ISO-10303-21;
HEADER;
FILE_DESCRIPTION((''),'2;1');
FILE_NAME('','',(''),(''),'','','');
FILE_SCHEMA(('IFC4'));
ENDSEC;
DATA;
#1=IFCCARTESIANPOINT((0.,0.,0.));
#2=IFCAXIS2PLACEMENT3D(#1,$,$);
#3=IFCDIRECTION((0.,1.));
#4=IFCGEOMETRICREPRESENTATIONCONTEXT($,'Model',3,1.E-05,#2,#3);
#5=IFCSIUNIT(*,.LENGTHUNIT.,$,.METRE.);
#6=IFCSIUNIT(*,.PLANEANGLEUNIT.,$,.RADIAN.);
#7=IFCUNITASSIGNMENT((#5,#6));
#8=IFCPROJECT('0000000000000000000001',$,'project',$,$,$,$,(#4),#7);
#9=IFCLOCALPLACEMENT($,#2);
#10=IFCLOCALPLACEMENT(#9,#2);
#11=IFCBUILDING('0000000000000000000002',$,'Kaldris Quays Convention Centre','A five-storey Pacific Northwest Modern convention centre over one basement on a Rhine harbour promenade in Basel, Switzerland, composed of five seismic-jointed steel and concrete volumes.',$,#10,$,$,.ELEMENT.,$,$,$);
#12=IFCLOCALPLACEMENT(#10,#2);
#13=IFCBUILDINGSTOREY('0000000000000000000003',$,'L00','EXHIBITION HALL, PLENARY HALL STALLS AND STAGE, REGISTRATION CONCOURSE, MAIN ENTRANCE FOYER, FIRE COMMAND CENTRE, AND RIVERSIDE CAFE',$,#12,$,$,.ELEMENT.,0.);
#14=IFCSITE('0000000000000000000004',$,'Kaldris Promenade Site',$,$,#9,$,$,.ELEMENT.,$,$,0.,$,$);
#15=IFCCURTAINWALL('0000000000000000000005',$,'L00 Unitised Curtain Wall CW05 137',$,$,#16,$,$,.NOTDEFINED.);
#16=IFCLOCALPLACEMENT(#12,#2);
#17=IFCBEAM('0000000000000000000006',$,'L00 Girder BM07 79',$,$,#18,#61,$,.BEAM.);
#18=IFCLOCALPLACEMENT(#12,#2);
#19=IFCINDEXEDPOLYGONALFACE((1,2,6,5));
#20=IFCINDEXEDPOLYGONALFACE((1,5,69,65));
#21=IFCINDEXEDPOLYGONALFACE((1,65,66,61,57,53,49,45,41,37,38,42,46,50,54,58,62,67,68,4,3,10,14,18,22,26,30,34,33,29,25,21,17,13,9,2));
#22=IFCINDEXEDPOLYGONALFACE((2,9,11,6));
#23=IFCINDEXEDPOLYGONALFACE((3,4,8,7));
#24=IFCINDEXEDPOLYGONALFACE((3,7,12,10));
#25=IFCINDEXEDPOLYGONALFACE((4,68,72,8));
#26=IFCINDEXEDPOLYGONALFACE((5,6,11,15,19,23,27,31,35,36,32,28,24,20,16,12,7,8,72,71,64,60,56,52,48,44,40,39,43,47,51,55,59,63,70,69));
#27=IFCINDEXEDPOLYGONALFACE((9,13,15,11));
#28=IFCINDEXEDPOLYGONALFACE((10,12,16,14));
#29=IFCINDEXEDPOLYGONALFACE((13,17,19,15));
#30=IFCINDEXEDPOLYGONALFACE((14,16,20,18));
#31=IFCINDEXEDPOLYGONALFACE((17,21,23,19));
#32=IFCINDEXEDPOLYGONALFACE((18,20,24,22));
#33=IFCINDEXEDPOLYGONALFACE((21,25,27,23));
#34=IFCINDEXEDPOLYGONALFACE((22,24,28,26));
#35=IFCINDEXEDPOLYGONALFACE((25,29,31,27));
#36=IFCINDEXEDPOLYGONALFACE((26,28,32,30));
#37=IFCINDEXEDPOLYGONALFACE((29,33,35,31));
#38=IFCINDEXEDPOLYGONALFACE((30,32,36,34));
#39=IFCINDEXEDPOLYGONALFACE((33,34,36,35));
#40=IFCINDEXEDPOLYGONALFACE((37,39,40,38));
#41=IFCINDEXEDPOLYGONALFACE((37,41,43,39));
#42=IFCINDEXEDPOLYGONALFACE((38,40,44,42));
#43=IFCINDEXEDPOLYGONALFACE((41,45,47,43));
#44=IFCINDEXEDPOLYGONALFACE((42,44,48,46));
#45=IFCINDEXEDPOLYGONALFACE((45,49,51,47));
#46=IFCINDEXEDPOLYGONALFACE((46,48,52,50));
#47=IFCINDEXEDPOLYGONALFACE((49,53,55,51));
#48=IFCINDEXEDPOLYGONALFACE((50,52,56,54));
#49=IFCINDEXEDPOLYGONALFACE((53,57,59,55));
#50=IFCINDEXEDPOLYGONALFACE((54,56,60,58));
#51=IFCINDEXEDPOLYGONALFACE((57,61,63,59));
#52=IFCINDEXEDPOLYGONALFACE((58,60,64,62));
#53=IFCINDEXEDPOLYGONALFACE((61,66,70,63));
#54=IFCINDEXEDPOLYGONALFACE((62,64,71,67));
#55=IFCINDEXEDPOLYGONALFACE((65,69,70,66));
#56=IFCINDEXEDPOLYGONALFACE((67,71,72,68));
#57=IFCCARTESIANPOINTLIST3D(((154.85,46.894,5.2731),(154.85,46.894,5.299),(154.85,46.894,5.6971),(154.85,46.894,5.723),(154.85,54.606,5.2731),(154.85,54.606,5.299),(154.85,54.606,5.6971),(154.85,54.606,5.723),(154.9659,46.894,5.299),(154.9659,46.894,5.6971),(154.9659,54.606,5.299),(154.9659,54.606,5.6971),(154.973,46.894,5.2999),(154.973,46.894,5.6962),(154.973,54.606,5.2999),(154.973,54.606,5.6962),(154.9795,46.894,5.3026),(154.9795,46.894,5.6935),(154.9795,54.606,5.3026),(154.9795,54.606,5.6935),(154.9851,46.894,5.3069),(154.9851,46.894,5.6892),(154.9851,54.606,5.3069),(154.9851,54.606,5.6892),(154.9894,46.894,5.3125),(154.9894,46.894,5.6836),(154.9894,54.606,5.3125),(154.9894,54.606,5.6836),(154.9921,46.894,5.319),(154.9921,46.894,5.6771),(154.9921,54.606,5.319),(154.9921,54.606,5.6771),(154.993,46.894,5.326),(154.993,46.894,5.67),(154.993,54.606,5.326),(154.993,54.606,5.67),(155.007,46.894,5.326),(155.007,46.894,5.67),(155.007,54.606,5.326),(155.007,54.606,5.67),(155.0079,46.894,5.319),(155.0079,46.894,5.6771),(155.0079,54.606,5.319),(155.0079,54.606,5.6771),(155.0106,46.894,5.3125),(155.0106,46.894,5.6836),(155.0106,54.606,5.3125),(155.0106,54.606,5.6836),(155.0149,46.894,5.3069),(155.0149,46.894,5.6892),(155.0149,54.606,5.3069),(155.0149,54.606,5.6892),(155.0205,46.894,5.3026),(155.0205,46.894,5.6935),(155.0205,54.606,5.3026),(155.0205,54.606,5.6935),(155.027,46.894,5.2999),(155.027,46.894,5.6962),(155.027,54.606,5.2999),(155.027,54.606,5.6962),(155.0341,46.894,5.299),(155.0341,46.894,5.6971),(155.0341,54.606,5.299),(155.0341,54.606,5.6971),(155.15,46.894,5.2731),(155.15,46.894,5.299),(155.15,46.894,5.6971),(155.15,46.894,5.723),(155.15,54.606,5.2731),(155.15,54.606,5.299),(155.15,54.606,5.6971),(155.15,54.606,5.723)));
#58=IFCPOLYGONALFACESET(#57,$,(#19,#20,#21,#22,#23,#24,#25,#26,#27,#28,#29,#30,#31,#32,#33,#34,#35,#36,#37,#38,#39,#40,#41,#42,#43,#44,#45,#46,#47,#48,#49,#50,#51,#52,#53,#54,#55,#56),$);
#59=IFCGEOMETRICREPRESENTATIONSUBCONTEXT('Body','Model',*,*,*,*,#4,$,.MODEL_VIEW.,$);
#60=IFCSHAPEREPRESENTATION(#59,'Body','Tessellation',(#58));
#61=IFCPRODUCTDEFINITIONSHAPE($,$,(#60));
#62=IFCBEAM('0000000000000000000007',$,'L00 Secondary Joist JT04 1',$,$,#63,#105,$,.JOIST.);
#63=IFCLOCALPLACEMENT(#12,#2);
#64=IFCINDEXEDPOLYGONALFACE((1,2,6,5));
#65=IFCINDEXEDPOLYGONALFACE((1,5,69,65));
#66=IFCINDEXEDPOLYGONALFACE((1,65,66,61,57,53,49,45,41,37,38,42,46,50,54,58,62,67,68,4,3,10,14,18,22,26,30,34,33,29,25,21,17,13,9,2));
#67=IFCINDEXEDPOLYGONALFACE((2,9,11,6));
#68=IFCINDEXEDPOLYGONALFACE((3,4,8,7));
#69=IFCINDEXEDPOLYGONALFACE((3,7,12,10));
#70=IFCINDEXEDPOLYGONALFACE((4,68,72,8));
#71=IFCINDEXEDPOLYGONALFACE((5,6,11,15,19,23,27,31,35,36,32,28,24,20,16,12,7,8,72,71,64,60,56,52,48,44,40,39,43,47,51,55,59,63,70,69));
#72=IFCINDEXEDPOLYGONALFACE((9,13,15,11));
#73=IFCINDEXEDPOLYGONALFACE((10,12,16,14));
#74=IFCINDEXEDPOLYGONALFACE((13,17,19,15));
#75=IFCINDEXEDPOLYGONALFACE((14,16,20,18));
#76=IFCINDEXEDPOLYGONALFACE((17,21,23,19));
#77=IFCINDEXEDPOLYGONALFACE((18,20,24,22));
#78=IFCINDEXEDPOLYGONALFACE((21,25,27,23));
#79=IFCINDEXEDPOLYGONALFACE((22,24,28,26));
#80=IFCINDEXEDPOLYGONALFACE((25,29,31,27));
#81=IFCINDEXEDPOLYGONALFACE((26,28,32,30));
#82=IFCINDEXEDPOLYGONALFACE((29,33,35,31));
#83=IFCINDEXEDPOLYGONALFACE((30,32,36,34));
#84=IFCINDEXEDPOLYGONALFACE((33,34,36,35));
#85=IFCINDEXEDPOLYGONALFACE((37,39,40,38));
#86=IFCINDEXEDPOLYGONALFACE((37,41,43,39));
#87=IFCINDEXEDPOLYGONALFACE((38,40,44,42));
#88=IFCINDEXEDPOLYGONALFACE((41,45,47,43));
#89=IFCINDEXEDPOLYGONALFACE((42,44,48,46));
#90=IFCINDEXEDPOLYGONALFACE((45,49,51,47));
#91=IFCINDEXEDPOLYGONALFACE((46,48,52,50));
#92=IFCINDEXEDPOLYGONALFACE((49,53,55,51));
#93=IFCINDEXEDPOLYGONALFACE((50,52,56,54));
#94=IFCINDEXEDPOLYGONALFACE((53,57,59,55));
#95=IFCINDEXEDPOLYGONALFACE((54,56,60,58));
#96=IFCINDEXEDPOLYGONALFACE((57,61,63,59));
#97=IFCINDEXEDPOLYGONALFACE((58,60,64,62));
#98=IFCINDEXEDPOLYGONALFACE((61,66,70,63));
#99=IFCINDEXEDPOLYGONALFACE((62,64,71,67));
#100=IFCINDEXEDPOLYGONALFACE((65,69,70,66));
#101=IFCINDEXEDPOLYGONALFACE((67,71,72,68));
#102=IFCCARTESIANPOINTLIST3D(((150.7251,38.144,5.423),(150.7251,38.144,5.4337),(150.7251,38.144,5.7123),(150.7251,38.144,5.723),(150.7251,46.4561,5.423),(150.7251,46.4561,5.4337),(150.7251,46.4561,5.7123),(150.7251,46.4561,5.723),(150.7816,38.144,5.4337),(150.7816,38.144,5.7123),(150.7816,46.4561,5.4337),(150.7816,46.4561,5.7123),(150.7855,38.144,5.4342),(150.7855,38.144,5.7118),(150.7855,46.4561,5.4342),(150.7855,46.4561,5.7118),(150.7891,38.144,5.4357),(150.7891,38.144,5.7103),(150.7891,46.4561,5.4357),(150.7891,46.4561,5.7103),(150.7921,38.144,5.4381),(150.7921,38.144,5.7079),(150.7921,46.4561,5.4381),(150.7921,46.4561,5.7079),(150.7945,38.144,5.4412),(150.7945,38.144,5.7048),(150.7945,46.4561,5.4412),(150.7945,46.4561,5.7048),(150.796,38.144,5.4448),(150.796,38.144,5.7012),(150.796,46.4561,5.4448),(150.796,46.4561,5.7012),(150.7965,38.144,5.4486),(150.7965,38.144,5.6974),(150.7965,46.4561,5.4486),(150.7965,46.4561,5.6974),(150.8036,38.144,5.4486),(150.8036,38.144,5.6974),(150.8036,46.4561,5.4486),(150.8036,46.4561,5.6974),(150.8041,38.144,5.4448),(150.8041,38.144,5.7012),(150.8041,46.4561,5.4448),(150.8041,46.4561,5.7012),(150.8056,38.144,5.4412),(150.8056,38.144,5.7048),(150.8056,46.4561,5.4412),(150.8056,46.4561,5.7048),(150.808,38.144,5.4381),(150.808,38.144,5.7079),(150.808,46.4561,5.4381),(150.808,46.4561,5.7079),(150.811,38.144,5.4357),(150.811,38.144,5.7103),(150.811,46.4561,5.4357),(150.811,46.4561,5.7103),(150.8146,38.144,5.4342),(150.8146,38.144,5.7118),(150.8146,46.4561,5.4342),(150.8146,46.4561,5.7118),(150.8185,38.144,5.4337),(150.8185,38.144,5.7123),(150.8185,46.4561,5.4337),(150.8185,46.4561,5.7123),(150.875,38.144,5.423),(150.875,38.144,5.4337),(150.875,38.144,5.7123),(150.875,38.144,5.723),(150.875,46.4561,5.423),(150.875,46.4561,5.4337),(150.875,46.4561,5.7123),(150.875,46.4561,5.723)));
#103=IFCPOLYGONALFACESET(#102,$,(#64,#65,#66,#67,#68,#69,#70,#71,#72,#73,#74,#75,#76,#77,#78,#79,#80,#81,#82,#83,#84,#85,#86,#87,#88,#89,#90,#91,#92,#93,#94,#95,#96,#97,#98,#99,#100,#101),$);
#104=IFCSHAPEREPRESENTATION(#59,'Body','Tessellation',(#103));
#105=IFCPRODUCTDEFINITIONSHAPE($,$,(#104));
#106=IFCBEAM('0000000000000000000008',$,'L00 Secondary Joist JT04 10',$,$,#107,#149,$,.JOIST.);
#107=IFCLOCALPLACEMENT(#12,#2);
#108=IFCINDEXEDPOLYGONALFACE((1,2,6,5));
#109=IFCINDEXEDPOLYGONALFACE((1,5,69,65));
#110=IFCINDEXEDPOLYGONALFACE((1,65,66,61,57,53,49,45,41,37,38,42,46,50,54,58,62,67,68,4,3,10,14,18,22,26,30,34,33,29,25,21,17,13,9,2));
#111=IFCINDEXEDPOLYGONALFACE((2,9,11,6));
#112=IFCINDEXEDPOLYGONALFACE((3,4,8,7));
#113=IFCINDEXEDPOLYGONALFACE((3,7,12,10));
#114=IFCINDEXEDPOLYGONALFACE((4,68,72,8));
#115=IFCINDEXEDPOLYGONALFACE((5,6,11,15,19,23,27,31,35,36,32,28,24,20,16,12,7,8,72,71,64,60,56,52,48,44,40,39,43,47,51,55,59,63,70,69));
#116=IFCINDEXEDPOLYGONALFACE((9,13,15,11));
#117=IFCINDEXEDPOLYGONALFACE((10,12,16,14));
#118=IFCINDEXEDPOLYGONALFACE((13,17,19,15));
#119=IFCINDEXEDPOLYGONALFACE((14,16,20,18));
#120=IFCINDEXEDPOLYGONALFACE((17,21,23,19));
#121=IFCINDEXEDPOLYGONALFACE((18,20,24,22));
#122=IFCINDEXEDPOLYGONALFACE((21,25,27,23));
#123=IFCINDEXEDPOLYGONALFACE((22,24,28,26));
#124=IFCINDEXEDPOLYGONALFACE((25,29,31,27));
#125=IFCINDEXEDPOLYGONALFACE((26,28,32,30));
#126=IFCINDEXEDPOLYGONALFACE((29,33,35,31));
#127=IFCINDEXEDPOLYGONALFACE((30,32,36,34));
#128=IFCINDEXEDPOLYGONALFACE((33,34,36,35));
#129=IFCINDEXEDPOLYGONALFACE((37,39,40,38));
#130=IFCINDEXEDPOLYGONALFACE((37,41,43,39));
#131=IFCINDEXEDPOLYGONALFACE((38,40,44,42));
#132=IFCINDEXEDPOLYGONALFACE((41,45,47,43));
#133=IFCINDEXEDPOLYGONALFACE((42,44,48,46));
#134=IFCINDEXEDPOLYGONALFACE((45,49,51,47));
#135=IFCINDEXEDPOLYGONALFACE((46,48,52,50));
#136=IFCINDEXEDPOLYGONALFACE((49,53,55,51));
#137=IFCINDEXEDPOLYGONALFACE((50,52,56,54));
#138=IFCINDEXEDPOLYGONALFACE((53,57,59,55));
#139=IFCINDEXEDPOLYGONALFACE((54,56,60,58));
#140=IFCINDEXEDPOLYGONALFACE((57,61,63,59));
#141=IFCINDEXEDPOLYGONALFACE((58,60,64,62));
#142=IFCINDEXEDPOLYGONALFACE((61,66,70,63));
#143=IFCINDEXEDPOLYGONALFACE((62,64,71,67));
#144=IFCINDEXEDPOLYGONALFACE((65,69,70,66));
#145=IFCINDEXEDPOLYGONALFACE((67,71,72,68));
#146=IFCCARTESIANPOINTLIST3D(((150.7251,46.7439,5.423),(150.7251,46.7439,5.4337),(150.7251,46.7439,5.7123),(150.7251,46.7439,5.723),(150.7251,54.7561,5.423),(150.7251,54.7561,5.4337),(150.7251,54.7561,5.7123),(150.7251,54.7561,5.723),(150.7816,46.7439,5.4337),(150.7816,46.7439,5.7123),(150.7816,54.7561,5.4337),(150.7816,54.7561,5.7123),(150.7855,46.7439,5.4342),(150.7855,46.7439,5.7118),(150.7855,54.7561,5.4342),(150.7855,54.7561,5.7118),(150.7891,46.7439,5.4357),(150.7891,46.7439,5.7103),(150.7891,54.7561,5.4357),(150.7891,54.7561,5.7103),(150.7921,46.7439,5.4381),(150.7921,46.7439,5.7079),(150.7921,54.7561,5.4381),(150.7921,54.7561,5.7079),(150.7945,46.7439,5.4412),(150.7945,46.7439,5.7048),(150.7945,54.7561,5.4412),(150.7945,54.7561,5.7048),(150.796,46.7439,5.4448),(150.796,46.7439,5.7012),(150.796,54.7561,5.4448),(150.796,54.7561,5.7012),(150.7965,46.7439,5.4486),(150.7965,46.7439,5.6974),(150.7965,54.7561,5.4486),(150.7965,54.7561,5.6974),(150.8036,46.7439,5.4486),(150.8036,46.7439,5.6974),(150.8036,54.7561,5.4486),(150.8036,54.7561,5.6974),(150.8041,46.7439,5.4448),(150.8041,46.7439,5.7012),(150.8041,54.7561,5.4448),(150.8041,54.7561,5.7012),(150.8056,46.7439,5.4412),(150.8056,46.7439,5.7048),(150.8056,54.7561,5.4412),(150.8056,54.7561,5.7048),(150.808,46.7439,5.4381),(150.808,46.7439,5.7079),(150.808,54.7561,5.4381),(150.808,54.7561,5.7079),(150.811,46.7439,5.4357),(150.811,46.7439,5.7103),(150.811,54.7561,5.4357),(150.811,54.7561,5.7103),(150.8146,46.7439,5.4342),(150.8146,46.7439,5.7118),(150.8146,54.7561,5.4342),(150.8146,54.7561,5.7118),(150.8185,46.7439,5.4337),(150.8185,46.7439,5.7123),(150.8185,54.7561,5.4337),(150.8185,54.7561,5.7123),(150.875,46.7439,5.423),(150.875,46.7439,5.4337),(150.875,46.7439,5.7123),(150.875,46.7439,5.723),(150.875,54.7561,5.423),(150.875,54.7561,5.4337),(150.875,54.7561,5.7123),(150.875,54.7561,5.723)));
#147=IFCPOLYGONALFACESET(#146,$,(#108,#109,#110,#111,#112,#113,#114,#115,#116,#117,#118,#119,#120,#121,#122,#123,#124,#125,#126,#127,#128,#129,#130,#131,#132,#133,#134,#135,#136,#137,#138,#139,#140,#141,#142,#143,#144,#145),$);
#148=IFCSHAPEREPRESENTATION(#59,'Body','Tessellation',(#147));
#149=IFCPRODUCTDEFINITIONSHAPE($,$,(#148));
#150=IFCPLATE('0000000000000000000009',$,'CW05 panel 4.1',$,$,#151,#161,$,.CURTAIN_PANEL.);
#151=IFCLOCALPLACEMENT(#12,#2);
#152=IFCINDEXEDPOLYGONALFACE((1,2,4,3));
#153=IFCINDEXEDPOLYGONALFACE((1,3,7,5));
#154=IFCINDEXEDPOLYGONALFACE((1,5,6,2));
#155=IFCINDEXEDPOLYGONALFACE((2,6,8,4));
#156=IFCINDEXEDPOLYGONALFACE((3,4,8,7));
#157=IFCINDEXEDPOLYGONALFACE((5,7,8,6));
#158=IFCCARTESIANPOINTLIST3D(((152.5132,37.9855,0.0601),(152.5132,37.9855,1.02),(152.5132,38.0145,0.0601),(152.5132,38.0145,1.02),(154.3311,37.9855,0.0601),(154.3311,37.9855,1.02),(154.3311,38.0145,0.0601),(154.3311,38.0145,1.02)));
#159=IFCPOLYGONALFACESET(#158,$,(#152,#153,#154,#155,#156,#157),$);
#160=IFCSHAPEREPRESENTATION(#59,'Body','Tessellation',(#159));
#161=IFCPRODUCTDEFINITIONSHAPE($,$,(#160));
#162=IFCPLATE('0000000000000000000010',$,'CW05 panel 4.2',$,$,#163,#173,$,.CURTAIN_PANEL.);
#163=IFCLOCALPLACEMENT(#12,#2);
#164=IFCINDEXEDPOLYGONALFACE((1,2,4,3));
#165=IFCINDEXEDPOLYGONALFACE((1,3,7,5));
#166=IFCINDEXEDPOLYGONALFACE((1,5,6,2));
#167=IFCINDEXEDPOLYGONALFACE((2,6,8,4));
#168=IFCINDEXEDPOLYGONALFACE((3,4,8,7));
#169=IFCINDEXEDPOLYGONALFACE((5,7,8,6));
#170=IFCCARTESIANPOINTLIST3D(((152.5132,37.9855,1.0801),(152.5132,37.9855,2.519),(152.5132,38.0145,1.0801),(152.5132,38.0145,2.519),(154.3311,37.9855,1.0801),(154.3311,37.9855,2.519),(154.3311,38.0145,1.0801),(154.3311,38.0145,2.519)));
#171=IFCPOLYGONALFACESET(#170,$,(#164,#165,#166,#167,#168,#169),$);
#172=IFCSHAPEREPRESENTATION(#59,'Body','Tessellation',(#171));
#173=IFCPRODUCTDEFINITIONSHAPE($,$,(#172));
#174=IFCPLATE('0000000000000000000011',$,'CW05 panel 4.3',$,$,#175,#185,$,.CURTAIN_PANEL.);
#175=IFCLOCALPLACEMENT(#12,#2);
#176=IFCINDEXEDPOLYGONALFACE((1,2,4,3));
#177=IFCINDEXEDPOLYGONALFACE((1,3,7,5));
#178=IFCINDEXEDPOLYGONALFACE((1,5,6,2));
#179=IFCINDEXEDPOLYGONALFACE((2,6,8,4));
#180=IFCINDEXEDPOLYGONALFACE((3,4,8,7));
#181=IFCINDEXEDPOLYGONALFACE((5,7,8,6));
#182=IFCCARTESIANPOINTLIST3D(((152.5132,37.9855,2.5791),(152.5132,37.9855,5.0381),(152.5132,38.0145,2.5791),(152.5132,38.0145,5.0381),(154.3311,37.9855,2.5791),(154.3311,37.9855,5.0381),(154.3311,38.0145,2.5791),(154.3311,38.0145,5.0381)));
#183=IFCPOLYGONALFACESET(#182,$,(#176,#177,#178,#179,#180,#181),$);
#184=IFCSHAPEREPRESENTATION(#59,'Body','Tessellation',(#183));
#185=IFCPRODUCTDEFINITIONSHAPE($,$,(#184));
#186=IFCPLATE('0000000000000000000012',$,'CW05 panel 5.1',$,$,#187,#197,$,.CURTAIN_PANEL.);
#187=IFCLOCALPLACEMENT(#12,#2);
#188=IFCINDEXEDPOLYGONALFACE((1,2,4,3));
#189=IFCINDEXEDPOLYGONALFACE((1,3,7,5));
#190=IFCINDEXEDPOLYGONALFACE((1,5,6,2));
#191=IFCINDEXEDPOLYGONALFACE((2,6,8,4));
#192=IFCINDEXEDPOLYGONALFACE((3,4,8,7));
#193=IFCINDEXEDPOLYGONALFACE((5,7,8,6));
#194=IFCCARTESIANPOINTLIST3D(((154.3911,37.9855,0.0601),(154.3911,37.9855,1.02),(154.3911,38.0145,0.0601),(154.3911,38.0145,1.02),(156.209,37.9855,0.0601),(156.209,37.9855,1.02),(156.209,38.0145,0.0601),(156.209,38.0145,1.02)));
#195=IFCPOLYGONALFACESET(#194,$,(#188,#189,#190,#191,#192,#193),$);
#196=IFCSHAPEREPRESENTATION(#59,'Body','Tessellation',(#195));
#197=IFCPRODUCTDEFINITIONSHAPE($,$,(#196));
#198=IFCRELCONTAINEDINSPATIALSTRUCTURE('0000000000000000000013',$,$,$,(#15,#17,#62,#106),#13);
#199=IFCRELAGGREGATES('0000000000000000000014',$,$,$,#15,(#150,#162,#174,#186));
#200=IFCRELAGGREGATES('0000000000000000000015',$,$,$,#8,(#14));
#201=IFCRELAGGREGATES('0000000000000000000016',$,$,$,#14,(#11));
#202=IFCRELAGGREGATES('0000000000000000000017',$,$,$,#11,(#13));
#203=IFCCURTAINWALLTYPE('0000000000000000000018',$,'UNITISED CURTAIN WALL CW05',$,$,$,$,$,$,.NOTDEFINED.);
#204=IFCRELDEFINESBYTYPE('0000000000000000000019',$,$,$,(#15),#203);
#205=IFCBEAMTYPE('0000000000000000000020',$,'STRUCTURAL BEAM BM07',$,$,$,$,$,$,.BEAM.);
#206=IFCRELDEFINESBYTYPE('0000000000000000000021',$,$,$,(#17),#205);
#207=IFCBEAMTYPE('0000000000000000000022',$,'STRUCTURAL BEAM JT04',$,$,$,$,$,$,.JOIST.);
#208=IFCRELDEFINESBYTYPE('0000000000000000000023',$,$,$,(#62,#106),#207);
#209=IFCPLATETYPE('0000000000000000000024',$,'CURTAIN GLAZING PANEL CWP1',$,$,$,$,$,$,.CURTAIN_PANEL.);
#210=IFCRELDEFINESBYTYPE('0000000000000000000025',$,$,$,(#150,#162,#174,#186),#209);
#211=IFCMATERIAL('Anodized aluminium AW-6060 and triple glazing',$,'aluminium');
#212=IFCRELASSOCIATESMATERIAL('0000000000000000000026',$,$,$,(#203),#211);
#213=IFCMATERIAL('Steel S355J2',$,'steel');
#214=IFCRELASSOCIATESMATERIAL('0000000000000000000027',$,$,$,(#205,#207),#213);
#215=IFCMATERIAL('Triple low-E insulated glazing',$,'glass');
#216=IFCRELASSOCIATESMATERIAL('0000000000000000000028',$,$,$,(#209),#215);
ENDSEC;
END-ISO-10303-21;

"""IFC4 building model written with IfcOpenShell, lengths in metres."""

from ifc_helpers import new_model, si_unit, direction, frame, origin, origin_2d, place, context, subcontext, project, spatial, rectangle, i_section, extrude, material, material_profile, profile_set, type_object, element, aggregate, save


model = new_model("IFC4")

# Units and contexts
model_context = context("Model", 3, precision=1e-05, world=origin(), true_north=direction((0.0, 1.0)))
body_context = subcontext(model_context, "Body", "Model", "MODEL_VIEW")
ifc_project = project(units=[si_unit("LENGTHUNIT", "METRE"), si_unit("PLANEANGLEUNIT", "RADIAN")], contexts=[model_context])

# Site, building, storey
site_placement = place(None, origin())
site = spatial("IfcSite", under=ifc_project, at=site_placement, Name="Kaldris Promenade Site", CompositionType="ELEMENT", RefElevation=0.0)
building_placement = place(site_placement, origin())
building = spatial("IfcBuilding", under=site, at=building_placement, Name="Kaldris Quays Convention Centre", Description="A five-storey Pacific Northwest Modern convention centre over one basement on a Rhine harbour promenade in Basel, Switzerland, composed of five seismic-jointed steel and concrete volumes.", CompositionType="ELEMENT")
storey_placement = place(building_placement, origin())
storey = spatial("IfcBuildingStorey", under=building, at=storey_placement, Name="L00", Description="EXHIBITION HALL, PLENARY HALL STALLS AND STAGE, REGISTRATION CONCOURSE, MAIN ENTRANCE FOYER, FIRE COMMAND CENTRE, AND RIVERSIDE CAFE", CompositionType="ELEMENT", Elevation=0.0)

# Shared definitions
ifc_material_1 = material(Name="Steel S355J2", Category="steel")

# Curtain wall
ifc_material_2 = material(Name="Anodized aluminium AW-6060 and triple glazing", Category="aluminium")
curtain_wall_type = type_object("IfcCurtainWallType", Name="UNITISED CURTAIN WALL CW05", PredefinedType="NOTDEFINED", material=ifc_material_2)
curtain_wall_placement = place(storey_placement, origin())
curtain_wall = element("IfcCurtainWall", 1, at=curtain_wall_placement, inside=storey, type_object=curtain_wall_type, Name="L00 Unitised Curtain Wall CW05 137", PredefinedType="NOTDEFINED")

# Beams
ifc_material_profile_1 = material_profile(ifc_material_1, i_section(OverallWidth=0.3, OverallDepth=0.45, WebThickness=0.0139, FlangeThickness=0.0259, FilletRadius=0.0271, at=origin_2d()), Name="HEB 450")
ifc_profile_set_1 = profile_set([ifc_material_profile_1], Name="Steel S355J2")
beam_type_1 = type_object("IfcBeamType", Name="STRUCTURAL BEAM BM07", PredefinedType="BEAM", material=ifc_profile_set_1)
beam_1_placement = place(storey_placement, frame((155.0, 46.894, 5.498), z_axis=(0.0, 1.0, 0.0), x_axis=(-1.0, 0.0, 0.0)))
element("IfcBeam", 2, at=beam_1_placement, inside=storey, type_object=beam_type_1, Name="L00 Girder BM07 79", PredefinedType="BEAM", context=body_context, shape_type="SweptSolid", body=[
    extrude(i_section(OverallWidth=0.3, OverallDepth=0.45, WebThickness=0.0139, FlangeThickness=0.0259, FilletRadius=0.0271, at=origin_2d()), origin(), (0.0, 0.0, 1.0), 7.7119),
])
ifc_material_profile_2 = material_profile(ifc_material_1, i_section(OverallWidth=0.1499, OverallDepth=0.3, WebThickness=0.0071, FlangeThickness=0.0107, FilletRadius=0.0149, at=origin_2d()), Name="IPE 300")
ifc_profile_set_2 = profile_set([ifc_material_profile_2], Name="Steel S355J2")
beam_type_2 = type_object("IfcBeamType", Name="STRUCTURAL BEAM JT04", PredefinedType="JOIST", material=ifc_profile_set_2)
beam_2_placement = place(storey_placement, frame((150.8, 38.144, 5.573), z_axis=(0.0, 1.0, 0.0), x_axis=(-1.0, 0.0, 0.0)))
element("IfcBeam", 3, at=beam_2_placement, inside=storey, type_object=beam_type_2, Name="L00 Secondary Joist JT04 1", PredefinedType="JOIST", context=body_context, shape_type="SweptSolid", body=[
    extrude(i_section(OverallWidth=0.1499, OverallDepth=0.3, WebThickness=0.0071, FlangeThickness=0.0107, FilletRadius=0.0149, at=origin_2d()), origin(), (0.0, 0.0, 1.0), 8.312),
])
beam_3_placement = place(storey_placement, frame((150.8, 46.7439, 5.573), z_axis=(0.0, 1.0, 0.0), x_axis=(-1.0, 0.0, 0.0)))
element("IfcBeam", 4, at=beam_3_placement, inside=storey, type_object=beam_type_2, Name="L00 Secondary Joist JT04 10", PredefinedType="JOIST", context=body_context, shape_type="SweptSolid", body=[
    extrude(i_section(OverallWidth=0.1499, OverallDepth=0.3, WebThickness=0.0071, FlangeThickness=0.0107, FilletRadius=0.0149, at=origin_2d()), origin(), (0.0, 0.0, 1.0), 8.0122),
])

# Plates
ifc_material_3 = material(Name="Triple low-E insulated glazing", Category="glass")
plate_type = type_object("IfcPlateType", Name="CURTAIN GLAZING PANEL CWP1", PredefinedType="CURTAIN_PANEL", material=ifc_material_3)
plate_1_placement = place(storey_placement, frame((153.4221, 38.0, 0.0601), z_axis=(0.0, 0.0, 1.0), x_axis=(1.0, 0.0, 0.0)))
plate_1 = element("IfcPlate", 5, at=plate_1_placement, type_object=plate_type, Name="CW05 panel 4.1", PredefinedType="CURTAIN_PANEL", context=body_context, shape_type="SweptSolid", body=[
    extrude(rectangle(XDim=1.8179, YDim=0.0291, at=origin_2d()), origin(), (0.0, 0.0, 1.0), 0.96),
])
plate_2_placement = place(storey_placement, frame((153.4221, 38.0, 1.0801), z_axis=(0.0, 0.0, 1.0), x_axis=(1.0, 0.0, 0.0)))
plate_2 = element("IfcPlate", 6, at=plate_2_placement, type_object=plate_type, Name="CW05 panel 4.2", PredefinedType="CURTAIN_PANEL", context=body_context, shape_type="SweptSolid", body=[
    extrude(rectangle(XDim=1.8179, YDim=0.0291, at=origin_2d()), origin(), (0.0, 0.0, 1.0), 1.439),
])
plate_3_placement = place(storey_placement, frame((153.4221, 38.0, 2.5791), z_axis=(0.0, 0.0, 1.0), x_axis=(1.0, 0.0, 0.0)))
plate_3 = element("IfcPlate", 7, at=plate_3_placement, type_object=plate_type, Name="CW05 panel 4.3", PredefinedType="CURTAIN_PANEL", context=body_context, shape_type="SweptSolid", body=[
    extrude(rectangle(XDim=1.8179, YDim=0.0291, at=origin_2d()), origin(), (0.0, 0.0, 1.0), 2.459),
])
plate_4_placement = place(storey_placement, frame((155.3, 38.0, 0.0601), z_axis=(0.0, 0.0, 1.0), x_axis=(1.0, 0.0, 0.0)))
plate_4 = element("IfcPlate", 8, at=plate_4_placement, type_object=plate_type, Name="CW05 panel 5.1", PredefinedType="CURTAIN_PANEL", context=body_context, shape_type="SweptSolid", body=[
    extrude(rectangle(XDim=1.8179, YDim=0.0291, at=origin_2d()), origin(), (0.0, 0.0, 1.0), 0.96),
])
aggregate(curtain_wall, [plate_1, plate_2, plate_3, plate_4])

save(model, "model.ifc")
